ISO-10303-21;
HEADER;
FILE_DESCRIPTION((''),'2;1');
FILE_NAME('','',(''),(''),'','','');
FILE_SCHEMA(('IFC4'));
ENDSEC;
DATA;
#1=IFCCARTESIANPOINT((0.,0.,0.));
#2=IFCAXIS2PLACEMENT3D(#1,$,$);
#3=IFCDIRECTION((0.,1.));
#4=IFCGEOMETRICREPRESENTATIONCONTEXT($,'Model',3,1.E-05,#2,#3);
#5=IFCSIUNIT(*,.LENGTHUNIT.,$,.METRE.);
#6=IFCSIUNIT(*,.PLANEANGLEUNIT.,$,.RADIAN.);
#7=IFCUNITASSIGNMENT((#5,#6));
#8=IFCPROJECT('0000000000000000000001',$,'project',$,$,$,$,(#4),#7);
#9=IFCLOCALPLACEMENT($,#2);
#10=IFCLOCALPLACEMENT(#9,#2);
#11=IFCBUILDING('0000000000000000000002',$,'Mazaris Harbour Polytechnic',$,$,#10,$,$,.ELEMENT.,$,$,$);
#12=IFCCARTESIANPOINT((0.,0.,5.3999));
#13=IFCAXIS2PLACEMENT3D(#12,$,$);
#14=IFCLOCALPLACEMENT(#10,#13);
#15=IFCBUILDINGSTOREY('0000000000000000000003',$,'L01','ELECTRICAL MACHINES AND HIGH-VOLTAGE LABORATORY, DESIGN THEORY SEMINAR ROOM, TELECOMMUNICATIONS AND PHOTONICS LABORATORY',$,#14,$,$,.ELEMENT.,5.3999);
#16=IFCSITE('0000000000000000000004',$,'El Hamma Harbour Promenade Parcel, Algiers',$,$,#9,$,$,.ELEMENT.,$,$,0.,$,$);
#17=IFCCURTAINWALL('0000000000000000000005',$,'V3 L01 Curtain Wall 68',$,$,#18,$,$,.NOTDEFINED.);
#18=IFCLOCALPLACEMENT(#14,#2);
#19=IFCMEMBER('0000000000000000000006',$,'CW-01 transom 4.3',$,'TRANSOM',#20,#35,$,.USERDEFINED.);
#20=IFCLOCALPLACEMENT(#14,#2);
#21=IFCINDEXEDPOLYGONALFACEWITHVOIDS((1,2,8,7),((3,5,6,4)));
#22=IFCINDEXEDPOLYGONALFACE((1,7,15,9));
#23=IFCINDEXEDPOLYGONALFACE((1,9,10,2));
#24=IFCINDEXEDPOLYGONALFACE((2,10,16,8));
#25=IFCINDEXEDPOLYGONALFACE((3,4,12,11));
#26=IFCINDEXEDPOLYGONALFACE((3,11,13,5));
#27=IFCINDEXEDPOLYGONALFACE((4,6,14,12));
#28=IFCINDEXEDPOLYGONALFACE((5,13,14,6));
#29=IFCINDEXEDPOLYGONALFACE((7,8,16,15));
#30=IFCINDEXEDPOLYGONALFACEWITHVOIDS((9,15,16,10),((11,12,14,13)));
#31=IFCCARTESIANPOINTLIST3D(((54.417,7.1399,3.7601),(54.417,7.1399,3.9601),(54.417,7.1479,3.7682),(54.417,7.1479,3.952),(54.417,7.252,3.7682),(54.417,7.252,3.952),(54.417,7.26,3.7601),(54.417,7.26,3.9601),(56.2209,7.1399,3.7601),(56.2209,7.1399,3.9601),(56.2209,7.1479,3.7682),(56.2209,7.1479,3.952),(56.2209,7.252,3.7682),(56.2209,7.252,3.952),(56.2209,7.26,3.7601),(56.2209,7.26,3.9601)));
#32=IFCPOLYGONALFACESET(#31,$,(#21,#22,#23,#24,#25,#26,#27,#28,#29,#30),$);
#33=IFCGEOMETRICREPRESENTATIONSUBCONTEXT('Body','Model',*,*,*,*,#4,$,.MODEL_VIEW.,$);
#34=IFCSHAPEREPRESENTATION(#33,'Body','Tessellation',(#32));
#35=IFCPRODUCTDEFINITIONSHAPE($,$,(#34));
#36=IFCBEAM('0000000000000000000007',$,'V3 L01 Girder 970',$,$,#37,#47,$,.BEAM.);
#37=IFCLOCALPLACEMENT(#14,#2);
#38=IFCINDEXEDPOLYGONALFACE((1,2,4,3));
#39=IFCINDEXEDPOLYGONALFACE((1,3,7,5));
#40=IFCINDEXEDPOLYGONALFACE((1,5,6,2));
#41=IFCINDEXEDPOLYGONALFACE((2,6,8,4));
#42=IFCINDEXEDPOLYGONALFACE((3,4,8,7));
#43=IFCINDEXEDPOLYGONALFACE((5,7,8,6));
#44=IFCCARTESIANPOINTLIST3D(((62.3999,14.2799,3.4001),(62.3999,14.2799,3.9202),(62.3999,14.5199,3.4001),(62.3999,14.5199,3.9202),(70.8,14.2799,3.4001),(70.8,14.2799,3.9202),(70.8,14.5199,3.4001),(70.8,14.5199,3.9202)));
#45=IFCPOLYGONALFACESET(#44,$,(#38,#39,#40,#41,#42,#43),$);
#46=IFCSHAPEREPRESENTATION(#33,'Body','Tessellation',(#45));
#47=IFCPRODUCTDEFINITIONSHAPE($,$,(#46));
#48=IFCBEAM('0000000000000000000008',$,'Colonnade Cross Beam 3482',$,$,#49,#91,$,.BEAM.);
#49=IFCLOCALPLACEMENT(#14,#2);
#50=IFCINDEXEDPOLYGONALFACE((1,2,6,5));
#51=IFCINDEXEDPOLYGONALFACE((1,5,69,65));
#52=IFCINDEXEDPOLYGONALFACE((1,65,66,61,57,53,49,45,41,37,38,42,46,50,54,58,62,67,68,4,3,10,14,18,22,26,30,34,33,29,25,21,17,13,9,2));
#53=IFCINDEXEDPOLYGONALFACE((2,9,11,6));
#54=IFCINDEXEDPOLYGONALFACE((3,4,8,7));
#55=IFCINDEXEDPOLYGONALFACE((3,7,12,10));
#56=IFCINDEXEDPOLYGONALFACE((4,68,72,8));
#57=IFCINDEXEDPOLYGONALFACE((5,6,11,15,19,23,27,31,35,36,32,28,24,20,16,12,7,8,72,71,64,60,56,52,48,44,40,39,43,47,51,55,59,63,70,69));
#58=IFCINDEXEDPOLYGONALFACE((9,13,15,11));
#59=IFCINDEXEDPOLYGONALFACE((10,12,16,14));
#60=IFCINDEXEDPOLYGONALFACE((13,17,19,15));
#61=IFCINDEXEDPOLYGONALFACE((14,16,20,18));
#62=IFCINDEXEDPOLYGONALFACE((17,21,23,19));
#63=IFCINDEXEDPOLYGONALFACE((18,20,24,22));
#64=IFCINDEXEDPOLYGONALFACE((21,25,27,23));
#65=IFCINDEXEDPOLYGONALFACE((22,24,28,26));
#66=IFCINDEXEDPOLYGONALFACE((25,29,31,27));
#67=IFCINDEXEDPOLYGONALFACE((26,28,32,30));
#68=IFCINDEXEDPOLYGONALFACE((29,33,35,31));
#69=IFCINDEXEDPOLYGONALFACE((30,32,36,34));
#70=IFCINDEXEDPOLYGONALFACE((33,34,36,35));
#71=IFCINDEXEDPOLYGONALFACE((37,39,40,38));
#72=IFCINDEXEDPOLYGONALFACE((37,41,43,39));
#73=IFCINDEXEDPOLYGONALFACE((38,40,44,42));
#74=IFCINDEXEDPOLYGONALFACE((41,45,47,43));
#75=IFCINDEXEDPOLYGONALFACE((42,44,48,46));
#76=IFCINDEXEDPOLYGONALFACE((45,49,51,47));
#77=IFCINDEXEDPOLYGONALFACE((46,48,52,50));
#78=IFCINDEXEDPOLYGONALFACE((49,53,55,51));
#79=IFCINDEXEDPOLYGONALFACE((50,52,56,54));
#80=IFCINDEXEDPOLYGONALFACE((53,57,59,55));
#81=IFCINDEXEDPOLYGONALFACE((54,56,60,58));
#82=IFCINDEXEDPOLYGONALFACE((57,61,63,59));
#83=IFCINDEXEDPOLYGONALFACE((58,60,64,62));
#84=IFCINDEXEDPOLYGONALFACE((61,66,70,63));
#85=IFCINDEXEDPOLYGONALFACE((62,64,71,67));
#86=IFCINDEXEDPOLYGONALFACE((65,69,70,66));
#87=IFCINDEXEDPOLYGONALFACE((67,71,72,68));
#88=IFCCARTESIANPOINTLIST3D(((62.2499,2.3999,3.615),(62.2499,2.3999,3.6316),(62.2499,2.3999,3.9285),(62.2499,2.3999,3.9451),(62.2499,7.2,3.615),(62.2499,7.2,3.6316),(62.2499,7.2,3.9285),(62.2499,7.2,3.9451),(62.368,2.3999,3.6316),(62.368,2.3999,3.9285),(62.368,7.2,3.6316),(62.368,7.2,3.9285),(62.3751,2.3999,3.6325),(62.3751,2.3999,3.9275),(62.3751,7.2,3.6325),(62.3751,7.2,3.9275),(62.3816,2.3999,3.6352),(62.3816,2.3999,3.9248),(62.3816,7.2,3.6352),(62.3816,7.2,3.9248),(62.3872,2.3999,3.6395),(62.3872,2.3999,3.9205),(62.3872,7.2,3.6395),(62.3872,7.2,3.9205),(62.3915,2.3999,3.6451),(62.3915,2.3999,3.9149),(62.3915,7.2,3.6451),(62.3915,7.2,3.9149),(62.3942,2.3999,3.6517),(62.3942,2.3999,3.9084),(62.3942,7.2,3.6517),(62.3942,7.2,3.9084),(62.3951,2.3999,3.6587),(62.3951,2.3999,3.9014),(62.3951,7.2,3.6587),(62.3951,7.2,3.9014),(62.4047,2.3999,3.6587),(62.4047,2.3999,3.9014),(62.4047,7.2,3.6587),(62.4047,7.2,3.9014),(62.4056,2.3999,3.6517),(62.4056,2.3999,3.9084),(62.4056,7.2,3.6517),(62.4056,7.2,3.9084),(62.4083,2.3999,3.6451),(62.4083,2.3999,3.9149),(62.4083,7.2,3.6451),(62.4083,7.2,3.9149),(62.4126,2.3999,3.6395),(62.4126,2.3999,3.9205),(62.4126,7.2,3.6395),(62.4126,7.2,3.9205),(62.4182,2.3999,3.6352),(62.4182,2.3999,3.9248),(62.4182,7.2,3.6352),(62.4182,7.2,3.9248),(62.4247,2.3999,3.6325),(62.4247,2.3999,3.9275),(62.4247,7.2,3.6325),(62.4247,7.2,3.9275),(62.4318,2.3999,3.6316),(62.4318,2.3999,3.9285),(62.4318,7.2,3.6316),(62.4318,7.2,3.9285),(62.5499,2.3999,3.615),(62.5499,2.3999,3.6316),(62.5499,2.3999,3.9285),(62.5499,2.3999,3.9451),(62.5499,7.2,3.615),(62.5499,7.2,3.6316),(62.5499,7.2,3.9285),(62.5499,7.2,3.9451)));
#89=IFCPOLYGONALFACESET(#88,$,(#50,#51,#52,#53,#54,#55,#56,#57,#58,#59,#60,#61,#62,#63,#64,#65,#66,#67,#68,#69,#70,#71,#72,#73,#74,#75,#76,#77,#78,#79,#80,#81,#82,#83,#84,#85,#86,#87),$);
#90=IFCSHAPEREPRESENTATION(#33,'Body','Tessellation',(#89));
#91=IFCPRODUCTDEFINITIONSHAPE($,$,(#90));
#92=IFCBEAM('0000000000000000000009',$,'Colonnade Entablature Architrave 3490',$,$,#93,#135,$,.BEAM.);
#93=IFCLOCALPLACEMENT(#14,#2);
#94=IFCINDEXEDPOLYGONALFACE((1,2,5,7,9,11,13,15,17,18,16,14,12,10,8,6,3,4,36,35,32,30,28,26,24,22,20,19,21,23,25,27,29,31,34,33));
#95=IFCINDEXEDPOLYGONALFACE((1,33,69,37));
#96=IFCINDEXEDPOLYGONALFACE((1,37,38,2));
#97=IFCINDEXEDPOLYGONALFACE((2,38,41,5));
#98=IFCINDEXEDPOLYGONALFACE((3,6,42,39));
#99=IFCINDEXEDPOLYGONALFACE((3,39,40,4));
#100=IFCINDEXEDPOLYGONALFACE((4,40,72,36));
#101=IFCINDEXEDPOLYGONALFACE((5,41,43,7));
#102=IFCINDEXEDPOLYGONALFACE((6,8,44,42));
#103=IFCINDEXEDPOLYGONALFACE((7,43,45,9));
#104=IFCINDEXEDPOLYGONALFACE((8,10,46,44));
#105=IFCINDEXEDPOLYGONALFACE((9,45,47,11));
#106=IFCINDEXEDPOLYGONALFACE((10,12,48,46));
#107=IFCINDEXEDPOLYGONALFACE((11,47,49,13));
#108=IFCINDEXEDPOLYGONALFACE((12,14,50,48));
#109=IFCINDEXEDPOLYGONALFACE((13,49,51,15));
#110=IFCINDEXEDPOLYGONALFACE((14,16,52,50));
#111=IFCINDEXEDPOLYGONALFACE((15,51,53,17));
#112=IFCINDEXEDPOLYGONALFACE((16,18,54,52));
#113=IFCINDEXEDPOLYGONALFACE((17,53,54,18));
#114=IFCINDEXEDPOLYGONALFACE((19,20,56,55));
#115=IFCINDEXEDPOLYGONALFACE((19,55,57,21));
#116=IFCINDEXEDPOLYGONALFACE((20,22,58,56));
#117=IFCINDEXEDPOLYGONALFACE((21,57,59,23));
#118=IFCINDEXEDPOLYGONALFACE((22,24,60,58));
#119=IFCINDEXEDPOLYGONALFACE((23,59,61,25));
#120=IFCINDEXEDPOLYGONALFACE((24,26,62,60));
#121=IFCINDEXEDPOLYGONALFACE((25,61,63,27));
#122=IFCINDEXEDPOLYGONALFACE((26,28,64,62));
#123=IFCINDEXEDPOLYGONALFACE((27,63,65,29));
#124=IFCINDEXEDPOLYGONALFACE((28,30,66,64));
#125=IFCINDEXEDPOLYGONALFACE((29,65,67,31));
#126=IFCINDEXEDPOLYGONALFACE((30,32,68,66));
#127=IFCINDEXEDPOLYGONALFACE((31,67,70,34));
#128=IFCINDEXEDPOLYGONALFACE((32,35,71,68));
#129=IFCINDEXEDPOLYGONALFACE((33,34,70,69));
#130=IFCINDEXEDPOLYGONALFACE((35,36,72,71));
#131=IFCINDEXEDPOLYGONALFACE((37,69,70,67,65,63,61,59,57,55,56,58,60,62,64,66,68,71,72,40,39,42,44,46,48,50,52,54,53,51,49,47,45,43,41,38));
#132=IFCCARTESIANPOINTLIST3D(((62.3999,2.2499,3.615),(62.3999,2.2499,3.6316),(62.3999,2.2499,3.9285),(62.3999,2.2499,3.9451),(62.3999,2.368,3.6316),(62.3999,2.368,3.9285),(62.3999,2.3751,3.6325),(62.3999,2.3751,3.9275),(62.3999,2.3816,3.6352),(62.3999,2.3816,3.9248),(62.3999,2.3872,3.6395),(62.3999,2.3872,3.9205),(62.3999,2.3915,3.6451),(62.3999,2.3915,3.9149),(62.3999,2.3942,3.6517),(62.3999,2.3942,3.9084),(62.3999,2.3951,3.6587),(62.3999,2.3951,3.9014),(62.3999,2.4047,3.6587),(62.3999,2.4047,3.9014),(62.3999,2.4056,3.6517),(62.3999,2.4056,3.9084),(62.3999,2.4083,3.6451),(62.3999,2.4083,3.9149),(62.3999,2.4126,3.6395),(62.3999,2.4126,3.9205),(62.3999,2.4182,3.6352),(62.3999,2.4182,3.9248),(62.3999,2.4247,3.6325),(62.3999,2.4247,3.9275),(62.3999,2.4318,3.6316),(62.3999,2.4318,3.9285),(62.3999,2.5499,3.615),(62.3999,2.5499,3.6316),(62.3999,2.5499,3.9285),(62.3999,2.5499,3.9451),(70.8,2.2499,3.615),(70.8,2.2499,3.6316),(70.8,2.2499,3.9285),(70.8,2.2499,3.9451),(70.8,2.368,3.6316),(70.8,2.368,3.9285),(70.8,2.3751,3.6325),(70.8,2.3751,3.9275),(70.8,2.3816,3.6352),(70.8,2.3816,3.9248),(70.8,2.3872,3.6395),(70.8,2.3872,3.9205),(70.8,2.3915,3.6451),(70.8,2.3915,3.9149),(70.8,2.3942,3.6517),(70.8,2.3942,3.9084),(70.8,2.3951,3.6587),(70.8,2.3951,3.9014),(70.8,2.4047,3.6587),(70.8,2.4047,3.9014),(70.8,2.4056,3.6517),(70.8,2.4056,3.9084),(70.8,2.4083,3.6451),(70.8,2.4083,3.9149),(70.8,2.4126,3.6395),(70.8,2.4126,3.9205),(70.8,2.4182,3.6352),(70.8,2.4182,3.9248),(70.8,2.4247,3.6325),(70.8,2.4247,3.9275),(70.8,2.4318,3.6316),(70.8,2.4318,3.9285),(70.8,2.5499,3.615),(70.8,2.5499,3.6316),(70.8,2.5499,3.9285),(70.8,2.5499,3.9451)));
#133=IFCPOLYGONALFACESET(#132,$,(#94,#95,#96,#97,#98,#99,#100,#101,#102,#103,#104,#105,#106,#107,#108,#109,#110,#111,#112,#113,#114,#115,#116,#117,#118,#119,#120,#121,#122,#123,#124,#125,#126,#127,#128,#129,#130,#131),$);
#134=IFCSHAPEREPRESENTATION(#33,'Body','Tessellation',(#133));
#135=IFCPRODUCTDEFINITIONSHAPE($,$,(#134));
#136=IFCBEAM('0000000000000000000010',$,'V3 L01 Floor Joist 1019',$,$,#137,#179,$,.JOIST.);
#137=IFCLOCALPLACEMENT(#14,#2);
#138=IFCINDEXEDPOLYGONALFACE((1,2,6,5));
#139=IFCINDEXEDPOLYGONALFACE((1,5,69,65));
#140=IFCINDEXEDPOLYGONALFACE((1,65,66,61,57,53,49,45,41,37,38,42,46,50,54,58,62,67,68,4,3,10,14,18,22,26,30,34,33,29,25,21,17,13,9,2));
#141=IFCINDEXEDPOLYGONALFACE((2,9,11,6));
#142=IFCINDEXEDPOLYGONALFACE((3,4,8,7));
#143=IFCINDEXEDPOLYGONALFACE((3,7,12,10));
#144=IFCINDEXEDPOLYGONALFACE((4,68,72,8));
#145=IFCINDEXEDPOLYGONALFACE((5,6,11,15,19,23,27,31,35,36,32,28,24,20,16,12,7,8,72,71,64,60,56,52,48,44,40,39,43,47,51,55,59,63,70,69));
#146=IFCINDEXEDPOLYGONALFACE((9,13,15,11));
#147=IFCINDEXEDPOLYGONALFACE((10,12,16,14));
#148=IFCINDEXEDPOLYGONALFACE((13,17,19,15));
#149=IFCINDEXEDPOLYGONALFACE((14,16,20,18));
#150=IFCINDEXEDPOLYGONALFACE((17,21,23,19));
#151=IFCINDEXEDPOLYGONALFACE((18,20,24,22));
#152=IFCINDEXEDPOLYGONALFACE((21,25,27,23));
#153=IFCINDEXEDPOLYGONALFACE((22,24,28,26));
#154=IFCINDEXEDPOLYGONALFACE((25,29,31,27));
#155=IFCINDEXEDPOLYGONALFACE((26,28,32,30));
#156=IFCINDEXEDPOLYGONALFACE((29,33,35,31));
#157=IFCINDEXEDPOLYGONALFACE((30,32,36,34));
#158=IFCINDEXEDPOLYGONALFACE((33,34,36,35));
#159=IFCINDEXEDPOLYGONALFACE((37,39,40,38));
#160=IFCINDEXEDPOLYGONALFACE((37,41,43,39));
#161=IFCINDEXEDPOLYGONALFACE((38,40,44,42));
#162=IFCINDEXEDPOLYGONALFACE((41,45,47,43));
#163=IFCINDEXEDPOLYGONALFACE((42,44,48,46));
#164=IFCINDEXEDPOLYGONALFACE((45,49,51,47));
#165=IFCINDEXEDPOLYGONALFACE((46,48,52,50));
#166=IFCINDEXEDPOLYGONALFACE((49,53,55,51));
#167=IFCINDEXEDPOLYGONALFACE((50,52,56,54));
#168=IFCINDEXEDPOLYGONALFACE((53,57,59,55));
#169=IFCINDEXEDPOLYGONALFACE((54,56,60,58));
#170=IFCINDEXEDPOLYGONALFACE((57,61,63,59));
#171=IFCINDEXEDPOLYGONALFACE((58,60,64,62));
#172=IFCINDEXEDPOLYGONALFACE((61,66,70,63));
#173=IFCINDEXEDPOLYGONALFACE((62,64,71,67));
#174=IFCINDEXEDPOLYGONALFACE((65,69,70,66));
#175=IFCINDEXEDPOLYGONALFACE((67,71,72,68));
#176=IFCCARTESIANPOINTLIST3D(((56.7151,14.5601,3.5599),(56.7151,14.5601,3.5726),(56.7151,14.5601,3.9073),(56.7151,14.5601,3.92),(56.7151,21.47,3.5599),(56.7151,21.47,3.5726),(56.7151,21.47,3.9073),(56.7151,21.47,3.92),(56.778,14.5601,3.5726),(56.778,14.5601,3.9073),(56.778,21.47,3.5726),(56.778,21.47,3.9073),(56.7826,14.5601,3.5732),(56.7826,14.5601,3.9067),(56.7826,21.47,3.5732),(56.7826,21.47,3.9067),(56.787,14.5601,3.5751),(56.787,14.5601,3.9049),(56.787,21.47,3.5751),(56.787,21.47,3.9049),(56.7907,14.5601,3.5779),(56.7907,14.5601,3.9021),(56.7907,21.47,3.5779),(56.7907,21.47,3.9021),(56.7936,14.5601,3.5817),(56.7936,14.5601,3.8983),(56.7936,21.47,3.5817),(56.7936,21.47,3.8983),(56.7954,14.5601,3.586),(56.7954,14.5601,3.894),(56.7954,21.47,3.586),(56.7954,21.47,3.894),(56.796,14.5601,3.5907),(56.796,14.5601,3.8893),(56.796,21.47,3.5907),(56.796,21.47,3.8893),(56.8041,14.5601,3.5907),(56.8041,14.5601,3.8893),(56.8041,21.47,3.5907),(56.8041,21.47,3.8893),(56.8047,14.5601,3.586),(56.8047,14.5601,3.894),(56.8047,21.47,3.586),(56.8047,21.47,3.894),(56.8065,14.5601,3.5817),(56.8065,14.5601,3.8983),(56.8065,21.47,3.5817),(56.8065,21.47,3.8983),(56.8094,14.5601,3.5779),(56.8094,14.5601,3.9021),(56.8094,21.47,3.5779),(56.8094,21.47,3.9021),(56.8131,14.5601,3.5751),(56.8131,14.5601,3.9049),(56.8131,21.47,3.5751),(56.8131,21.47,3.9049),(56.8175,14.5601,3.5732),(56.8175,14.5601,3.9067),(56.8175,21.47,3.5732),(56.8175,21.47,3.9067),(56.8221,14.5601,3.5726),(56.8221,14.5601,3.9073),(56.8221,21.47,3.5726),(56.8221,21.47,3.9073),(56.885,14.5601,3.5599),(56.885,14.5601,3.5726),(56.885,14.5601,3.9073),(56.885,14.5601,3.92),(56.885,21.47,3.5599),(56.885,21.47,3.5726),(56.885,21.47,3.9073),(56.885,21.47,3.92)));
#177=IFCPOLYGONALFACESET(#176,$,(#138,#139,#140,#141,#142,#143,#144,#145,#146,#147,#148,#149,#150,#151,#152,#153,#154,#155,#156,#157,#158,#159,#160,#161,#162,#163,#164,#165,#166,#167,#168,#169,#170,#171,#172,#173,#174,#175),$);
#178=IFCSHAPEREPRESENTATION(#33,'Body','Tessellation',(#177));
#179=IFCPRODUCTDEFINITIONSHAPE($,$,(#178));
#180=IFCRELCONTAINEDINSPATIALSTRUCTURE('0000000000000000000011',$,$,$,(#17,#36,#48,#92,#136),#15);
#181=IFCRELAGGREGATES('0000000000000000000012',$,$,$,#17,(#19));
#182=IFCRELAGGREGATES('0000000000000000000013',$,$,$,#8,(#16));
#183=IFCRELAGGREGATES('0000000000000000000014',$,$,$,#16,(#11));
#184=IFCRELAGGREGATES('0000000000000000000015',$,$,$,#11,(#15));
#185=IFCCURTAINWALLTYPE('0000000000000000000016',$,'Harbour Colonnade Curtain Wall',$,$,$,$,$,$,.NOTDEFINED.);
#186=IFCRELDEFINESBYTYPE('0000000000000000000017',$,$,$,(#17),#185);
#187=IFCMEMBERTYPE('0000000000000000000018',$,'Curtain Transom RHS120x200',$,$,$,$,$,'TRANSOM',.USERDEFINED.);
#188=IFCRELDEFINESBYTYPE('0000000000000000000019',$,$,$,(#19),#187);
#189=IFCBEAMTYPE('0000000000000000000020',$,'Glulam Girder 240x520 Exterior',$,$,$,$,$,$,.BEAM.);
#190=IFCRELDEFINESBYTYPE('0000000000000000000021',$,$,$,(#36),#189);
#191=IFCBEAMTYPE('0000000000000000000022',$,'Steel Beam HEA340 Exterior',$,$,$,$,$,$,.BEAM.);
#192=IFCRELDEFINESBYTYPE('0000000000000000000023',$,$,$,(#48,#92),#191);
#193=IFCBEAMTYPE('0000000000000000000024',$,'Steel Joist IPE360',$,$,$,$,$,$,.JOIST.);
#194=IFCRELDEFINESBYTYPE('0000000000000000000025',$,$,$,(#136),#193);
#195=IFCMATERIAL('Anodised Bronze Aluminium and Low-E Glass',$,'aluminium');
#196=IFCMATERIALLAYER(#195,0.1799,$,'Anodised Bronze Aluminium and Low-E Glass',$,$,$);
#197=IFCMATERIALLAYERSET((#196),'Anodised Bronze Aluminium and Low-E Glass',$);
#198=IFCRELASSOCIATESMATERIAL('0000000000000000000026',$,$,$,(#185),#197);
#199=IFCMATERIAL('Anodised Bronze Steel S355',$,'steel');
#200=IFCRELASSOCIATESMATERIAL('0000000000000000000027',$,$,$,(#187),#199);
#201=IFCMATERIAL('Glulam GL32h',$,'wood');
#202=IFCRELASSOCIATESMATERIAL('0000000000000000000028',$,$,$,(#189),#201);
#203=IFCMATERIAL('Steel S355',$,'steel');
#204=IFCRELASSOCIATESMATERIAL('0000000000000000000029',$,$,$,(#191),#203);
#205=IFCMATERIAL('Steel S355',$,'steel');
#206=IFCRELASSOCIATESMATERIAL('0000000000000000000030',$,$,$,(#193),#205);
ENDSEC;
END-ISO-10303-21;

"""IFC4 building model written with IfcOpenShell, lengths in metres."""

from ifc_helpers import new_model, si_unit, direction, frame, origin, origin_2d, place, context, subcontext, project, spatial, rectangle, hollow_rectangle, i_section, extrude, material, layer, layer_set, material_profile, profile_set, type_object, element, aggregate, save


model = new_model("IFC4")

# Units and contexts
model_context = context("Model", 3, precision=1e-05, world=origin(), true_north=direction((0.0, 1.0)))
body_context = subcontext(model_context, "Body", "Model", "MODEL_VIEW")
ifc_project = project(units=[si_unit("LENGTHUNIT", "METRE"), si_unit("PLANEANGLEUNIT", "RADIAN")], contexts=[model_context])

# Site, building, storey
site_placement = place(None, origin())
site = spatial("IfcSite", under=ifc_project, at=site_placement, Name="El Hamma Harbour Promenade Parcel, Algiers", CompositionType="ELEMENT", RefElevation=0.0)
building_placement = place(site_placement, origin())
building = spatial("IfcBuilding", under=site, at=building_placement, Name="Mazaris Harbour Polytechnic", CompositionType="ELEMENT")
storey_placement = place(building_placement, frame((0.0, 0.0, 5.3999)))
storey = spatial("IfcBuildingStorey", under=building, at=storey_placement, Name="L01", Description="ELECTRICAL MACHINES AND HIGH-VOLTAGE LABORATORY, DESIGN THEORY SEMINAR ROOM, TELECOMMUNICATIONS AND PHOTONICS LABORATORY", CompositionType="ELEMENT", Elevation=5.3999)

# Curtain wall, member
ifc_material_1 = material(Name="Anodised Bronze Aluminium and Low-E Glass", Category="aluminium")
ifc_layer_1 = layer(ifc_material_1, 0.1799, Name="Anodised Bronze Aluminium and Low-E Glass")
ifc_layer_set_1 = layer_set([ifc_layer_1], Name="Anodised Bronze Aluminium and Low-E Glass")
curtain_wall_type = type_object("IfcCurtainWallType", Name="Harbour Colonnade Curtain Wall", PredefinedType="NOTDEFINED", material=ifc_layer_set_1)
curtain_wall_placement = place(storey_placement, origin())
curtain_wall = element("IfcCurtainWall", 1, at=curtain_wall_placement, inside=storey, type_object=curtain_wall_type, Name="V3 L01 Curtain Wall 68", PredefinedType="NOTDEFINED")
ifc_material_2 = material(Name="Anodised Bronze Steel S355", Category="steel")
ifc_material_profile_1 = material_profile(ifc_material_2, hollow_rectangle(XDim=0.1201, YDim=0.2, WallThickness=0.0081, at=origin_2d()), Name="RHS 120x200x8.0")
ifc_profile_set_1 = profile_set([ifc_material_profile_1], Name="Anodised Bronze Steel S355")
member_type_1 = type_object("IfcMemberType", Name="Curtain Transom RHS120x200", ElementType="TRANSOM", PredefinedType="USERDEFINED", material=ifc_profile_set_1)
member_1_placement = place(storey_placement, frame((56.2209, 7.2, 3.8601), z_axis=(-1.0, 0.0, 0.0), x_axis=(0.0, -1.0, 0.0)))
member_1 = element("IfcMember", 2, at=member_1_placement, type_object=member_type_1, Name="CW-01 transom 4.3", ObjectType="TRANSOM", PredefinedType="USERDEFINED", context=body_context, shape_type="SweptSolid", body=[
    extrude(hollow_rectangle(XDim=0.1201, YDim=0.2, WallThickness=0.0081, at=origin_2d()), origin(), (0.0, 0.0, 1.0), 1.804),
])

# Beams
ifc_material_3 = material(Name="Glulam GL32h", Category="wood")
ifc_material_profile_2 = material_profile(ifc_material_3, rectangle(XDim=0.24, YDim=0.52, at=origin_2d()), Name="RECT240x520")
ifc_profile_set_2 = profile_set([ifc_material_profile_2], Name="Glulam GL32h")
beam_type_1 = type_object("IfcBeamType", Name="Glulam Girder 240x520 Exterior", PredefinedType="BEAM", material=ifc_profile_set_2)
beam_1_placement = place(storey_placement, frame((62.3999, 14.3999, 3.6602), z_axis=(1.0, 0.0, 0.0), x_axis=(0.0, 1.0, 0.0)))
element("IfcBeam", 3, at=beam_1_placement, inside=storey, type_object=beam_type_1, Name="V3 L01 Girder 970", PredefinedType="BEAM", context=body_context, shape_type="SweptSolid", body=[
    extrude(rectangle(XDim=0.24, YDim=0.52, at=origin_2d()), origin(), (0.0, 0.0, 1.0), 8.4001),
])
ifc_material_4 = material(Name="Steel S355", Category="steel")
ifc_material_profile_3 = material_profile(ifc_material_4, i_section(OverallWidth=0.3, OverallDepth=0.3301, WebThickness=0.0095, FlangeThickness=0.0166, FilletRadius=0.0271, at=origin_2d()), Name="HEA 340")
ifc_profile_set_3 = profile_set([ifc_material_profile_3], Name="Steel S355")
beam_type_2 = type_object("IfcBeamType", Name="Steel Beam HEA340 Exterior", PredefinedType="BEAM", material=ifc_profile_set_3)
beam_2_placement = place(storey_placement, frame((62.3999, 2.3999, 3.78), z_axis=(0.0, 1.0, 0.0), x_axis=(-1.0, 0.0, 0.0)))
element("IfcBeam", 4, at=beam_2_placement, inside=storey, type_object=beam_type_2, Name="Colonnade Cross Beam 3482", PredefinedType="BEAM", context=body_context, shape_type="SweptSolid", body=[
    extrude(i_section(OverallWidth=0.3, OverallDepth=0.3301, WebThickness=0.0095, FlangeThickness=0.0166, FilletRadius=0.0271, at=origin_2d()), origin(), (0.0, 0.0, 1.0), 4.8),
])
beam_3_placement = place(storey_placement, frame((62.3999, 2.3999, 3.78), z_axis=(1.0, 0.0, 0.0), x_axis=(0.0, 1.0, 0.0)))
element("IfcBeam", 5, at=beam_3_placement, inside=storey, type_object=beam_type_2, Name="Colonnade Entablature Architrave 3490", PredefinedType="BEAM", context=body_context, shape_type="SweptSolid", body=[
    extrude(i_section(OverallWidth=0.3, OverallDepth=0.3301, WebThickness=0.0095, FlangeThickness=0.0166, FilletRadius=0.0271, at=origin_2d()), origin(), (0.0, 0.0, 1.0), 8.4001),
])
ifc_material_5 = material(Name="Steel S355", Category="steel")
ifc_material_profile_4 = material_profile(ifc_material_5, i_section(OverallWidth=0.1699, OverallDepth=0.3601, WebThickness=0.0081, FlangeThickness=0.0127, FilletRadius=0.0181, at=origin_2d()), Name="IPE 360")
ifc_profile_set_4 = profile_set([ifc_material_profile_4], Name="Steel S355")
beam_type_3 = type_object("IfcBeamType", Name="Steel Joist IPE360", PredefinedType="JOIST", material=ifc_profile_set_4)
beam_4_placement = place(storey_placement, frame((56.8, 14.5601, 3.74), z_axis=(0.0, 1.0, 0.0), x_axis=(-1.0, 0.0, 0.0)))
element("IfcBeam", 6, at=beam_4_placement, inside=storey, type_object=beam_type_3, Name="V3 L01 Floor Joist 1019", PredefinedType="JOIST", context=body_context, shape_type="SweptSolid", body=[
    extrude(i_section(OverallWidth=0.1699, OverallDepth=0.3601, WebThickness=0.0081, FlangeThickness=0.0127, FilletRadius=0.0181, at=origin_2d()), origin(), (0.0, 0.0, 1.0), 6.9099),
])

aggregate(curtain_wall, [member_1])

save(model, "model.ifc")
